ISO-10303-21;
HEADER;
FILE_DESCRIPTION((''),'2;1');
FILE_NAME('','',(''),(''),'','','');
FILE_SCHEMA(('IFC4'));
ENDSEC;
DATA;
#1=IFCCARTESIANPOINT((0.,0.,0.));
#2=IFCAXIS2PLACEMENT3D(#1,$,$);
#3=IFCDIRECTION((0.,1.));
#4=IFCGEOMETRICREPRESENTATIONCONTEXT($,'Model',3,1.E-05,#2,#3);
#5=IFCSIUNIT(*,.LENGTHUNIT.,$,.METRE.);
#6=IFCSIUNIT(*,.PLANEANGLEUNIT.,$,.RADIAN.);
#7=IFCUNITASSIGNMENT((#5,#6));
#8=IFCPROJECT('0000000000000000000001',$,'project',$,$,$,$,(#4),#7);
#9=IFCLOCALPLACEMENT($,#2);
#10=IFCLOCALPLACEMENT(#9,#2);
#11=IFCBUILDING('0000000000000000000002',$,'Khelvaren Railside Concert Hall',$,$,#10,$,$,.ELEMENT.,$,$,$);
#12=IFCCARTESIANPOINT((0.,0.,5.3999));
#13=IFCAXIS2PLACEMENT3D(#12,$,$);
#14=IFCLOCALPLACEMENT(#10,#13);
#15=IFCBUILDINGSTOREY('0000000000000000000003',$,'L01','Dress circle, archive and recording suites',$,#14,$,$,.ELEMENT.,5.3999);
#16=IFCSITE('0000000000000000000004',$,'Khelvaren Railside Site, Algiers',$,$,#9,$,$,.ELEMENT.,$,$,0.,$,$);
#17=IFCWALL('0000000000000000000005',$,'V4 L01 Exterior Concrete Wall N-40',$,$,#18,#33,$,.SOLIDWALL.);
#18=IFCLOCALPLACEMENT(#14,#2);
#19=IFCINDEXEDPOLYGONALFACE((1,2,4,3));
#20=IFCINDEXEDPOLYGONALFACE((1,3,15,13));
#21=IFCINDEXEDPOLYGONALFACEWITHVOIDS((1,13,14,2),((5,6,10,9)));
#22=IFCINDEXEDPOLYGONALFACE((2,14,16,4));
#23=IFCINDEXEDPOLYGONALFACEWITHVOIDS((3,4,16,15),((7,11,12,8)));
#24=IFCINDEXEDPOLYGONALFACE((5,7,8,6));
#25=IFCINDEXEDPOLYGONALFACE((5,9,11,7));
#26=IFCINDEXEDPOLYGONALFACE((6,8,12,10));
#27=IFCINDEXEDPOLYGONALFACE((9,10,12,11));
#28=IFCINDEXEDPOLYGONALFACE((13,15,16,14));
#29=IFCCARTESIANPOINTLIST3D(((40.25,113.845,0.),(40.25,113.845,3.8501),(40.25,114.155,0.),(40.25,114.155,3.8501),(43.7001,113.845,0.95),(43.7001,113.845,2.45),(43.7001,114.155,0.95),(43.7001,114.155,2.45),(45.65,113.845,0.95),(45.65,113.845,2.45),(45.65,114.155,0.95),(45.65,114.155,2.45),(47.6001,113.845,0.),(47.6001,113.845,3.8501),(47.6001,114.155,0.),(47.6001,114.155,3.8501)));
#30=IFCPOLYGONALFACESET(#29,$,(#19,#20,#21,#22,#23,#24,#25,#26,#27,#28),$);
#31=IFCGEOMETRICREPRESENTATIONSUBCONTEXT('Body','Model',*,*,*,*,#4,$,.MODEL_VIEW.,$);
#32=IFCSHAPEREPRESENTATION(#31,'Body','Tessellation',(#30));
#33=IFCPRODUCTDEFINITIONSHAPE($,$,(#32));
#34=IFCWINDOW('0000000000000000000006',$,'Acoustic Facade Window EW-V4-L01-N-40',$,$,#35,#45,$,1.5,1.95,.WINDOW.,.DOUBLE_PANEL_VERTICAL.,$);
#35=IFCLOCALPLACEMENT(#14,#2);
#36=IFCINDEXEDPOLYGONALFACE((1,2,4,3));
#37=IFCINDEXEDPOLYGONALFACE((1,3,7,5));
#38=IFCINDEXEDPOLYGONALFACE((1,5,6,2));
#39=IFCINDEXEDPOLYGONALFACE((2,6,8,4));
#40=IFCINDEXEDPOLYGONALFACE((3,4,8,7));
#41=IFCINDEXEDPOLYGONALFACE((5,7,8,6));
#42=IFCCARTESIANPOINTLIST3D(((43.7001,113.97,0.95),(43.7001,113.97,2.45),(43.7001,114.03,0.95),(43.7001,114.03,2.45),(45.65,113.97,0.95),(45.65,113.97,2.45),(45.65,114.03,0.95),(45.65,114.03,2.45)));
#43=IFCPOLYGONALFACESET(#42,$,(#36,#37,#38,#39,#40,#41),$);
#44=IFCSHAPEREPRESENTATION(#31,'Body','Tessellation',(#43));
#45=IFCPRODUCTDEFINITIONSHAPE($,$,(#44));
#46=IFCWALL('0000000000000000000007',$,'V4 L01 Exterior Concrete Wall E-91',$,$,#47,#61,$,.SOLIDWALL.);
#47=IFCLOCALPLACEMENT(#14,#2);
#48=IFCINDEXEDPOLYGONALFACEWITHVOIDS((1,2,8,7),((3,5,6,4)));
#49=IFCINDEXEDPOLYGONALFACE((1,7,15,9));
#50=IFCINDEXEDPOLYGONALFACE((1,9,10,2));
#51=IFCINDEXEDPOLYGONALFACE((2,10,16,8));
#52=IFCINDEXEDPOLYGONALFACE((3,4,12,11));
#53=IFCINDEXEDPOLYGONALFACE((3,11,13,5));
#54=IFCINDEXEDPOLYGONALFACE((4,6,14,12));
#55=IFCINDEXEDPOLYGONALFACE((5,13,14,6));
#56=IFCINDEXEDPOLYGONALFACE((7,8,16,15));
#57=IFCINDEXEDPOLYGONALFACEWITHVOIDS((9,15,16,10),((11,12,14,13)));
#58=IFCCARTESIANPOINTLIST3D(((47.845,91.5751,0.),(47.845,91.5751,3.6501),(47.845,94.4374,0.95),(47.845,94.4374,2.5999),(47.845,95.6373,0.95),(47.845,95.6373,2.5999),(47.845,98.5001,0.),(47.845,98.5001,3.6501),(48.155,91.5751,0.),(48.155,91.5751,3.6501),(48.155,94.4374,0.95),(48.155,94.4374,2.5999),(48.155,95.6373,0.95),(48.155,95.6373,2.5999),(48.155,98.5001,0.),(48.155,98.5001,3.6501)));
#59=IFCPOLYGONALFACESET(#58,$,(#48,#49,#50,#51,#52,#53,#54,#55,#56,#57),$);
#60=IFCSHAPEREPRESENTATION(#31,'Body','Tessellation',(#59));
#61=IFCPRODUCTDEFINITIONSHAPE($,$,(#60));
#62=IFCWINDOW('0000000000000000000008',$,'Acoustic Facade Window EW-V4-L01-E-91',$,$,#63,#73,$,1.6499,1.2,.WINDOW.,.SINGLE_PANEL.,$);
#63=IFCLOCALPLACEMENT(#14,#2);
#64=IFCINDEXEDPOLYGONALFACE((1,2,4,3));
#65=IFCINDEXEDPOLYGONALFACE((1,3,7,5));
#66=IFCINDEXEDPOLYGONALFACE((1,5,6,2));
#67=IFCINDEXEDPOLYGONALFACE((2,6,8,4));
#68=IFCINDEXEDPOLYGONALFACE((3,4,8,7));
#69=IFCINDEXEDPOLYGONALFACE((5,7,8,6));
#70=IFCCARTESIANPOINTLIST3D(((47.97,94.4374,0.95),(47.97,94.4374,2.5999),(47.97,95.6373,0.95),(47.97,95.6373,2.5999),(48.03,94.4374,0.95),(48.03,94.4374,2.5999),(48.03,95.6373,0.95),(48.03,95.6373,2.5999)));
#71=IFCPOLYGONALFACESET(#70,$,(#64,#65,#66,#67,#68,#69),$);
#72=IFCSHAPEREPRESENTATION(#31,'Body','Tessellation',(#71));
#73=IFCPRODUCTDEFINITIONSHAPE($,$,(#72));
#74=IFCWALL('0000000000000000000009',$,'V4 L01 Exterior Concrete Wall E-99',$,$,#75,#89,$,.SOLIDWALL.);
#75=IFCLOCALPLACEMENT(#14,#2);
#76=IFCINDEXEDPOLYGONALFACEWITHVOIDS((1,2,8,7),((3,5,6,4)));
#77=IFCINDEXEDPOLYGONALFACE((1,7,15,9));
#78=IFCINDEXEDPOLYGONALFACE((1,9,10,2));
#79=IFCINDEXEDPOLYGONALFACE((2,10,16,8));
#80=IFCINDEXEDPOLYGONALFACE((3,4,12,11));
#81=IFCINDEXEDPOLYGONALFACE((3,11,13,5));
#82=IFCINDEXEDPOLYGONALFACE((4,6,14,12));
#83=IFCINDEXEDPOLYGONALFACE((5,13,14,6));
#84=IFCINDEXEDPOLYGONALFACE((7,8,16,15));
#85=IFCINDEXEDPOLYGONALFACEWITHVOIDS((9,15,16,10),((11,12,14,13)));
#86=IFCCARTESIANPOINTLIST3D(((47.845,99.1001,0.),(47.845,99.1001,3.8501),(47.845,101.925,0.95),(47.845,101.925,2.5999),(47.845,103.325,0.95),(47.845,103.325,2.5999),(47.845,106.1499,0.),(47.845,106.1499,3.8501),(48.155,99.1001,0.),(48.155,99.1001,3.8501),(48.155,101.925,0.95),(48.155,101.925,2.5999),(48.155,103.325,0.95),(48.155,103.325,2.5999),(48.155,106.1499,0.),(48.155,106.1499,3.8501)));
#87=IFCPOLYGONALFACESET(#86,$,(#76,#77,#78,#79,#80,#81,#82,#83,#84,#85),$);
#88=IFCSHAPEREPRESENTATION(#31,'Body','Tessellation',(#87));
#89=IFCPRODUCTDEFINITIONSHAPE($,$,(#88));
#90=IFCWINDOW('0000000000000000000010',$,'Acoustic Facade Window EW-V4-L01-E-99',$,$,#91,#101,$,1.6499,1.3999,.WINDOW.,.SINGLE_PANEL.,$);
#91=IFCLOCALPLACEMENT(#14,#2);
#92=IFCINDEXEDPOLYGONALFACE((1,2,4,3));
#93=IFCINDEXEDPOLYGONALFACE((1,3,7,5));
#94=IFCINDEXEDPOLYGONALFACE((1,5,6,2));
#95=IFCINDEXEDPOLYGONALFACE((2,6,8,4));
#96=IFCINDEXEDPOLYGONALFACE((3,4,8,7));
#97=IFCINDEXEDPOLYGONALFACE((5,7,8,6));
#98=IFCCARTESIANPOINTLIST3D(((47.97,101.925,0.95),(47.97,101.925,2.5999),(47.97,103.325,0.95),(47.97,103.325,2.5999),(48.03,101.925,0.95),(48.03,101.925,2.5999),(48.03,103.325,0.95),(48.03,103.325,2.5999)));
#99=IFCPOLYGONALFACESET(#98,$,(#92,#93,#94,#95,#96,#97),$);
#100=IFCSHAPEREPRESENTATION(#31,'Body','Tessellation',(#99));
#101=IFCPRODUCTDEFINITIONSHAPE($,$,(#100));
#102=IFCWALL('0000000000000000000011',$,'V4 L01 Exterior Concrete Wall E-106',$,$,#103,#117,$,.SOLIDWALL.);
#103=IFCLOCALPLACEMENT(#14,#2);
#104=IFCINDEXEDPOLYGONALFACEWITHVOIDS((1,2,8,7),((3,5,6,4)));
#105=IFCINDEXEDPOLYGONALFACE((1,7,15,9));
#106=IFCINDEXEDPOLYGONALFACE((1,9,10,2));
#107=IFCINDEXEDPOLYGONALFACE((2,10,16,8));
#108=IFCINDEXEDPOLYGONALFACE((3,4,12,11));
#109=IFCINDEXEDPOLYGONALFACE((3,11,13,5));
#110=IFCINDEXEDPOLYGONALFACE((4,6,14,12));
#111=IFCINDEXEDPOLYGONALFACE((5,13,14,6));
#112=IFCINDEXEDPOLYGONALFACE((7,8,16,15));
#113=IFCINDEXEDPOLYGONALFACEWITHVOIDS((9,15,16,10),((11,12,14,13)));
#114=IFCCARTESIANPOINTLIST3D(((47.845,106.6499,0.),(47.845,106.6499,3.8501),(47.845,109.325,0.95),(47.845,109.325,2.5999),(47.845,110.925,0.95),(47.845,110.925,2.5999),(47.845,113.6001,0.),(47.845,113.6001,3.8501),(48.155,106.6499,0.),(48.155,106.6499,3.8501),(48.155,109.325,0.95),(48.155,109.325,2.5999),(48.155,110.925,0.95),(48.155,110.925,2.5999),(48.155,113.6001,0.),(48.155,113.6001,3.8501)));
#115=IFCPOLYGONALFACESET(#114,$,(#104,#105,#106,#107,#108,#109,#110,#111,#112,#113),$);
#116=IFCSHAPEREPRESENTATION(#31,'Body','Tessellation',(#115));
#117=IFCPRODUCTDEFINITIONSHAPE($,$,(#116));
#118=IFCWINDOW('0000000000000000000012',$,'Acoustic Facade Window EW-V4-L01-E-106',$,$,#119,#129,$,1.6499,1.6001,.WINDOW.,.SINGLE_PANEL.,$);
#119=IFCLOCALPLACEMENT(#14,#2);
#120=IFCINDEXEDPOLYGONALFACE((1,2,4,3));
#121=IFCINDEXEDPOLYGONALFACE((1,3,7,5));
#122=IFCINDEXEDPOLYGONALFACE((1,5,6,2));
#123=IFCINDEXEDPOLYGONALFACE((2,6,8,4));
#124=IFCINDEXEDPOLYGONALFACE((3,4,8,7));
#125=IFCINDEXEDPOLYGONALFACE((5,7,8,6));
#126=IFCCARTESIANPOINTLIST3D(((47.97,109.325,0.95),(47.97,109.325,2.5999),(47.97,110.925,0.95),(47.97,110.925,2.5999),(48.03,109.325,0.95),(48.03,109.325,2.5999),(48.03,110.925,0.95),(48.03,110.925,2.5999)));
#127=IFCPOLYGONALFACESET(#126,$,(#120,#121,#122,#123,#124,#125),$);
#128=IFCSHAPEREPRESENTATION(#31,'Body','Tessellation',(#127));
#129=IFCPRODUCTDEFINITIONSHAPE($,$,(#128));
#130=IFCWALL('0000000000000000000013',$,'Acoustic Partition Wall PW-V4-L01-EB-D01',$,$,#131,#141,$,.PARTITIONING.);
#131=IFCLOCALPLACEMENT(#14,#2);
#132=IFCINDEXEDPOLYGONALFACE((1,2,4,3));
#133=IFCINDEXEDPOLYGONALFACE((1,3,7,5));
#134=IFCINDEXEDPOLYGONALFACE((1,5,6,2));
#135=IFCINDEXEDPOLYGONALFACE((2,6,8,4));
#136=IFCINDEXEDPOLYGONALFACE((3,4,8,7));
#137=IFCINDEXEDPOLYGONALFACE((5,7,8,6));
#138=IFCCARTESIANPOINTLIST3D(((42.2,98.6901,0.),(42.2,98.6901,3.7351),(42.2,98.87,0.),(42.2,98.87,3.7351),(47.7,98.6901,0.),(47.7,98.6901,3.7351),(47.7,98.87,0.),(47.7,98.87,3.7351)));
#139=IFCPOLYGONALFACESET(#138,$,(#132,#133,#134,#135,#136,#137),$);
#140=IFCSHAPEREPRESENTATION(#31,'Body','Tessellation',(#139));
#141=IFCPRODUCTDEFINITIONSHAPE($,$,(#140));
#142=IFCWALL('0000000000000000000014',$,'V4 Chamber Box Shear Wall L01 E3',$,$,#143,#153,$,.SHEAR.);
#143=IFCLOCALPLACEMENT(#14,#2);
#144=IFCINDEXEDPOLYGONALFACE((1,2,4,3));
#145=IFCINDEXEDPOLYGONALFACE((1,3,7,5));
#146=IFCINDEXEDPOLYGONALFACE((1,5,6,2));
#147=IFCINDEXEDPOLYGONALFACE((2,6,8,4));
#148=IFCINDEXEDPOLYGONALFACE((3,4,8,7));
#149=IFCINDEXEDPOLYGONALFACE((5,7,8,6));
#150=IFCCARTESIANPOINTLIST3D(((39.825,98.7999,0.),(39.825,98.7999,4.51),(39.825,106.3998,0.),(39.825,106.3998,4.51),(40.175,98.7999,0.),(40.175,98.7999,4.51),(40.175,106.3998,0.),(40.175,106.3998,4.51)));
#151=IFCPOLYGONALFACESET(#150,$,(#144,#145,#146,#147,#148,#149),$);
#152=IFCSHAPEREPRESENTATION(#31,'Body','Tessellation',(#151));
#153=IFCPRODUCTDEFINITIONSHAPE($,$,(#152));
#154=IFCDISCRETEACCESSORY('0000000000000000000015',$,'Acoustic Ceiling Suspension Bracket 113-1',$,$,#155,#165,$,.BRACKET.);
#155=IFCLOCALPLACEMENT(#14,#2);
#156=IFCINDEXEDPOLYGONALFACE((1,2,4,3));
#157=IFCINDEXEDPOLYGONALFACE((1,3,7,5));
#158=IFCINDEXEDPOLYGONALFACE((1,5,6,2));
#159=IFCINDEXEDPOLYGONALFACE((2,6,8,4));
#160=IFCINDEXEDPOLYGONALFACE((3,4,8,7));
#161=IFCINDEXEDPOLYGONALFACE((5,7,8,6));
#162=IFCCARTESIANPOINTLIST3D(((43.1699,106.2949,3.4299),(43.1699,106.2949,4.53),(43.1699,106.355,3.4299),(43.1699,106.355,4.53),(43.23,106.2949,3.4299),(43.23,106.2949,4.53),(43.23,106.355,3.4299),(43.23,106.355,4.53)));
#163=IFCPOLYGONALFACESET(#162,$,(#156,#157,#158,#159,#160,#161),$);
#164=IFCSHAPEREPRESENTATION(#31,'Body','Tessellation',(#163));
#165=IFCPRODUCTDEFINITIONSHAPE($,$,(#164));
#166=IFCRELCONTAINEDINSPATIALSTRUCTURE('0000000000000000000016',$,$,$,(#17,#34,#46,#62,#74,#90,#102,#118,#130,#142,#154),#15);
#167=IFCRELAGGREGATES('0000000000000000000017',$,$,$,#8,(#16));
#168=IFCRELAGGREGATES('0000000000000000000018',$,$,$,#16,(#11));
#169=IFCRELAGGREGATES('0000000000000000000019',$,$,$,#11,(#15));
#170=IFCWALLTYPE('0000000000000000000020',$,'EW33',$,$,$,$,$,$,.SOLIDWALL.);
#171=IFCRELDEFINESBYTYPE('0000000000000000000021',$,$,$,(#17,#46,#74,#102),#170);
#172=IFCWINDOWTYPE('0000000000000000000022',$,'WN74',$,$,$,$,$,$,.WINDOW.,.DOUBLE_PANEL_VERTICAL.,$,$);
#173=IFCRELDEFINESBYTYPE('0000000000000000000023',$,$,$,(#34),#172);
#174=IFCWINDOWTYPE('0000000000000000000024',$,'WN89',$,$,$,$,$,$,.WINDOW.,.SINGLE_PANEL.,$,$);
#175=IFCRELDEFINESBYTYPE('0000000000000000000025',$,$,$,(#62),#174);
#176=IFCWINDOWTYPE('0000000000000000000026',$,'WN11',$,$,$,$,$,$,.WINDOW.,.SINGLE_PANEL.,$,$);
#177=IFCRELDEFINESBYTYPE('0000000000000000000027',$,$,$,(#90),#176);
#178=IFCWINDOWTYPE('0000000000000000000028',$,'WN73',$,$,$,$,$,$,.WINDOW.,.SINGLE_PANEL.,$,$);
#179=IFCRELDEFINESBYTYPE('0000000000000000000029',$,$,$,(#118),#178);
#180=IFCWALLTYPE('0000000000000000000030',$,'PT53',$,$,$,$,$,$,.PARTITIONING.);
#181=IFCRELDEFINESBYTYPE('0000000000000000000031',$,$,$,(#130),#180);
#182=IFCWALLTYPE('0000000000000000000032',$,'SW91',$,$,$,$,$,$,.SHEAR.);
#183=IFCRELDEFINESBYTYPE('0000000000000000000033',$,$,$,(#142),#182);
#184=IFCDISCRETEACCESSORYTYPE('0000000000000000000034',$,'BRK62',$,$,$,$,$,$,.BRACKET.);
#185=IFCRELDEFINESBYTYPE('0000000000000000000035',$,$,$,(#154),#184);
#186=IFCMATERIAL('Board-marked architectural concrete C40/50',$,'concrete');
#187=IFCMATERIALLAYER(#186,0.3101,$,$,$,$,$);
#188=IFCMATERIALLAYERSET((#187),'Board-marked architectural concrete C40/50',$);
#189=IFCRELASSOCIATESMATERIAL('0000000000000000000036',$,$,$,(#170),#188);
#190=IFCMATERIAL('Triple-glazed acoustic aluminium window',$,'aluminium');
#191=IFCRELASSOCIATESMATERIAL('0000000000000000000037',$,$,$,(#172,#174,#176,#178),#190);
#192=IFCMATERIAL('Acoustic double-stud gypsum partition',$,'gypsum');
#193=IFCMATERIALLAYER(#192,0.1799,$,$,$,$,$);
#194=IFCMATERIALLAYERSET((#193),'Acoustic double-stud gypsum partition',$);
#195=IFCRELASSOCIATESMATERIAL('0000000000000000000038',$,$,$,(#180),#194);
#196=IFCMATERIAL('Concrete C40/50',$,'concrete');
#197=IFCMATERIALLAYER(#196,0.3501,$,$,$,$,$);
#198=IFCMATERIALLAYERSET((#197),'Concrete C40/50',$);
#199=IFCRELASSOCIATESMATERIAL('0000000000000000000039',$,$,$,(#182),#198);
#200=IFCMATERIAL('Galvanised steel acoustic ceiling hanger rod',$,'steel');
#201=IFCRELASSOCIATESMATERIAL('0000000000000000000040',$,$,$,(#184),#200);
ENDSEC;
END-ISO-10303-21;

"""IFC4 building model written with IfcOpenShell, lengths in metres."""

from ifc_helpers import new_model, si_unit, direction, frame, frame_2d, origin, origin_2d, place, context, subcontext, project, spatial, rectangle, extrude, material, layer, layer_set, type_object, element, fill, save


model = new_model("IFC4")

# Units and contexts
model_context = context("Model", 3, precision=1e-05, world=origin(), true_north=direction((0.0, 1.0)))
body_context = subcontext(model_context, "Body", "Model", "MODEL_VIEW")
ifc_project = project(units=[si_unit("LENGTHUNIT", "METRE"), si_unit("PLANEANGLEUNIT", "RADIAN")], contexts=[model_context])

# Site, building, storey
site_placement = place(None, origin())
site = spatial("IfcSite", under=ifc_project, at=site_placement, Name="Khelvaren Railside Site, Algiers", CompositionType="ELEMENT", RefElevation=0.0)
building_placement = place(site_placement, origin())
building = spatial("IfcBuilding", under=site, at=building_placement, Name="Khelvaren Railside Concert Hall", CompositionType="ELEMENT")
storey_placement = place(building_placement, frame((0.0, 0.0, 5.3999)))
storey = spatial("IfcBuildingStorey", under=building, at=storey_placement, Name="L01", Description="Dress circle, archive and recording suites", CompositionType="ELEMENT", Elevation=5.3999)

# Shared definitions
ifc_material_1 = material(Name="Concrete C40/50", Category="concrete")

# Walls, openings, windows
ifc_material_2 = material(Name="Board-marked architectural concrete C40/50", Category="concrete")
ifc_layer_1 = layer(ifc_material_2, 0.3101)
ifc_layer_set_1 = layer_set([ifc_layer_1], Name="Board-marked architectural concrete C40/50")
wall_type_1 = type_object("IfcWallType", Name="EW33", PredefinedType="SOLIDWALL", material=ifc_layer_set_1)
wall_1_placement = place(storey_placement, frame((40.25, 114.0, 0.0), z_axis=(0.0, 0.0, 1.0), x_axis=(1.0, 0.0, 0.0)))
wall_1 = element("IfcWall", 1, at=wall_1_placement, inside=storey, type_object=wall_type_1, Name="V4 L01 Exterior Concrete Wall N-40", PredefinedType="SOLIDWALL", context=body_context, shape_type="SweptSolid", body=[
    extrude(rectangle(XDim=7.3501, YDim=0.3101, at=frame_2d((3.675, 0.0))), origin(), (0.0, 0.0, 1.0), 3.8501),
])
opening_1_placement = place(wall_1_placement, frame((3.45, 0.0, 0.95)))
opening_1 = element("IfcOpeningElement", 2, at=opening_1_placement, cuts=wall_1, PredefinedType="OPENING", context=body_context, shape_type="SweptSolid", body=[
    extrude(rectangle(XDim=1.95, YDim=1.5, at=frame_2d((0.9751, 0.75))), frame((0.0, 0.165, 0.0), z_axis=(0.0, -1.0, 0.0), x_axis=(1.0, 0.0, 0.0)), (0.0, 0.0, 1.0), 0.3301),
])
ifc_material_3 = material(Name="Triple-glazed acoustic aluminium window", Category="aluminium")
window_type_1 = type_object("IfcWindowType", Name="WN74", PartitioningType="DOUBLE_PANEL_VERTICAL", PredefinedType="WINDOW", material=ifc_material_3)
window_1_placement = place(opening_1_placement, origin())
window_1 = element("IfcWindow", 3, at=window_1_placement, inside=storey, type_object=window_type_1, Name="Acoustic Facade Window EW-V4-L01-N-40", OverallHeight=1.5, OverallWidth=1.95, PartitioningType="DOUBLE_PANEL_VERTICAL", PredefinedType="WINDOW", context=body_context, shape_type="SweptSolid", body=[
    extrude(rectangle(XDim=1.95, YDim=1.5, at=frame_2d((0.9751, 0.75))), frame((0.0, 0.03, 0.0), z_axis=(0.0, -1.0, 0.0), x_axis=(1.0, 0.0, 0.0)), (0.0, 0.0, 1.0), 0.0601),
])
fill(opening_1, window_1)
wall_2_placement = place(storey_placement, frame((48.0, 98.5, 0.0), z_axis=(0.0, 0.0, 1.0), x_axis=(0.0, -1.0, 0.0)))
wall_2 = element("IfcWall", 4, at=wall_2_placement, inside=storey, type_object=wall_type_1, Name="V4 L01 Exterior Concrete Wall E-91", PredefinedType="SOLIDWALL", context=body_context, shape_type="SweptSolid", body=[
    extrude(rectangle(XDim=6.925, YDim=0.3101, at=frame_2d((3.4624, 0.0))), origin(), (0.0, 0.0, 1.0), 3.6501),
])
opening_2_placement = place(wall_2_placement, frame((2.8625, 0.0, 0.95)))
opening_2 = element("IfcOpeningElement", 5, at=opening_2_placement, cuts=wall_2, PredefinedType="OPENING", context=body_context, shape_type="SweptSolid", body=[
    extrude(rectangle(XDim=1.2, YDim=1.6499, at=frame_2d((0.6001, 0.825))), frame((0.0, 0.165, 0.0), z_axis=(0.0, -1.0, 0.0), x_axis=(1.0, 0.0, 0.0)), (0.0, 0.0, 1.0), 0.3301),
])
window_type_2 = type_object("IfcWindowType", Name="WN89", PartitioningType="SINGLE_PANEL", PredefinedType="WINDOW", material=ifc_material_3)
window_2_placement = place(opening_2_placement, origin())
window_2 = element("IfcWindow", 6, at=window_2_placement, inside=storey, type_object=window_type_2, Name="Acoustic Facade Window EW-V4-L01-E-91", OverallHeight=1.6499, OverallWidth=1.2, PartitioningType="SINGLE_PANEL", PredefinedType="WINDOW", context=body_context, shape_type="SweptSolid", body=[
    extrude(rectangle(XDim=1.2, YDim=1.6499, at=frame_2d((0.6001, 0.825))), frame((0.0, 0.03, 0.0), z_axis=(0.0, -1.0, 0.0), x_axis=(1.0, 0.0, 0.0)), (0.0, 0.0, 1.0), 0.0601),
])
fill(opening_2, window_2)
wall_3_placement = place(storey_placement, frame((48.0, 106.1499, 0.0), z_axis=(0.0, 0.0, 1.0), x_axis=(0.0, -1.0, 0.0)))
wall_3 = element("IfcWall", 7, at=wall_3_placement, inside=storey, type_object=wall_type_1, Name="V4 L01 Exterior Concrete Wall E-99", PredefinedType="SOLIDWALL", context=body_context, shape_type="SweptSolid", body=[
    extrude(rectangle(XDim=7.0498, YDim=0.3101, at=frame_2d((3.5249, 0.0))), origin(), (0.0, 0.0, 1.0), 3.8501),
])
opening_3_placement = place(wall_3_placement, frame((2.825, 0.0, 0.95)))
opening_3 = element("IfcOpeningElement", 8, at=opening_3_placement, cuts=wall_3, PredefinedType="OPENING", context=body_context, shape_type="SweptSolid", body=[
    extrude(rectangle(XDim=1.3999, YDim=1.6499, at=frame_2d((0.7, 0.825))), frame((0.0, 0.165, 0.0), z_axis=(0.0, -1.0, 0.0), x_axis=(1.0, 0.0, 0.0)), (0.0, 0.0, 1.0), 0.3301),
])
window_type_3 = type_object("IfcWindowType", Name="WN11", PartitioningType="SINGLE_PANEL", PredefinedType="WINDOW", material=ifc_material_3)
window_3_placement = place(opening_3_placement, origin())
window_3 = element("IfcWindow", 9, at=window_3_placement, inside=storey, type_object=window_type_3, Name="Acoustic Facade Window EW-V4-L01-E-99", OverallHeight=1.6499, OverallWidth=1.3999, PartitioningType="SINGLE_PANEL", PredefinedType="WINDOW", context=body_context, shape_type="SweptSolid", body=[
    extrude(rectangle(XDim=1.3999, YDim=1.6499, at=frame_2d((0.7, 0.825))), frame((0.0, 0.03, 0.0), z_axis=(0.0, -1.0, 0.0), x_axis=(1.0, 0.0, 0.0)), (0.0, 0.0, 1.0), 0.0601),
])
fill(opening_3, window_3)
wall_4_placement = place(storey_placement, frame((48.0, 113.6001, 0.0), z_axis=(0.0, 0.0, 1.0), x_axis=(0.0, -1.0, 0.0)))
wall_4 = element("IfcWall", 10, at=wall_4_placement, inside=storey, type_object=wall_type_1, Name="V4 L01 Exterior Concrete Wall E-106", PredefinedType="SOLIDWALL", context=body_context, shape_type="SweptSolid", body=[
    extrude(rectangle(XDim=6.9502, YDim=0.3101, at=frame_2d((3.4751, 0.0))), origin(), (0.0, 0.0, 1.0), 3.8501),
])
opening_4_placement = place(wall_4_placement, frame((2.675, 0.0, 0.95)))
opening_4 = element("IfcOpeningElement", 11, at=opening_4_placement, cuts=wall_4, PredefinedType="OPENING", context=body_context, shape_type="SweptSolid", body=[
    extrude(rectangle(XDim=1.6001, YDim=1.6499, at=frame_2d((0.8, 0.825))), frame((0.0, 0.165, 0.0), z_axis=(0.0, -1.0, 0.0), x_axis=(1.0, 0.0, 0.0)), (0.0, 0.0, 1.0), 0.3301),
])
window_type_4 = type_object("IfcWindowType", Name="WN73", PartitioningType="SINGLE_PANEL", PredefinedType="WINDOW", material=ifc_material_3)
window_4_placement = place(opening_4_placement, origin())
window_4 = element("IfcWindow", 12, at=window_4_placement, inside=storey, type_object=window_type_4, Name="Acoustic Facade Window EW-V4-L01-E-106", OverallHeight=1.6499, OverallWidth=1.6001, PartitioningType="SINGLE_PANEL", PredefinedType="WINDOW", context=body_context, shape_type="SweptSolid", body=[
    extrude(rectangle(XDim=1.6001, YDim=1.6499, at=frame_2d((0.8, 0.825))), frame((0.0, 0.03, 0.0), z_axis=(0.0, -1.0, 0.0), x_axis=(1.0, 0.0, 0.0)), (0.0, 0.0, 1.0), 0.0601),
])
fill(opening_4, window_4)

# Walls
ifc_material_4 = material(Name="Acoustic double-stud gypsum partition", Category="gypsum")
ifc_layer_2 = layer(ifc_material_4, 0.1799)
ifc_layer_set_2 = layer_set([ifc_layer_2], Name="Acoustic double-stud gypsum partition")
wall_type_2 = type_object("IfcWallType", Name="PT53", PredefinedType="PARTITIONING", material=ifc_layer_set_2)
wall_5_placement = place(storey_placement, frame((42.2, 98.78, 0.0), z_axis=(0.0, 0.0, 1.0), x_axis=(1.0, 0.0, 0.0)))
element("IfcWall", 13, at=wall_5_placement, inside=storey, type_object=wall_type_2, Name="Acoustic Partition Wall PW-V4-L01-EB-D01", PredefinedType="PARTITIONING", context=body_context, shape_type="SweptSolid", body=[
    extrude(rectangle(XDim=5.5, YDim=0.1799, at=frame_2d((2.75, 0.0))), origin(), (0.0, 0.0, 1.0), 3.7351),
])
ifc_layer_3 = layer(ifc_material_1, 0.3501)
ifc_layer_set_3 = layer_set([ifc_layer_3], Name="Concrete C40/50")
wall_type_3 = type_object("IfcWallType", Name="SW91", PredefinedType="SHEAR", material=ifc_layer_set_3)
wall_6_placement = place(storey_placement, frame((40.0, 98.8, 0.0), z_axis=(0.0, 0.0, 1.0), x_axis=(0.0, 1.0, 0.0)))
element("IfcWall", 14, at=wall_6_placement, inside=storey, type_object=wall_type_3, Name="V4 Chamber Box Shear Wall L01 E3", PredefinedType="SHEAR", context=body_context, shape_type="SweptSolid", body=[
    extrude(rectangle(XDim=7.5999, YDim=0.3501, at=frame_2d((3.7998, 0.0))), origin(), (0.0, 0.0, 1.0), 4.51),
])

# Discrete accessory
ifc_material_5 = material(Name="Galvanised steel acoustic ceiling hanger rod", Category="steel")
discrete_accessory_type = type_object("IfcDiscreteAccessoryType", Name="BRK62", PredefinedType="BRACKET", material=ifc_material_5)
for number, where, z_axis, x_axis, name in (
    (15, (43.2, 106.325, 3.4299), (0.0, 0.0, 1.0), (1.0, 0.0, 0.0), "Acoustic Ceiling Suspension Bracket 113-1"),
):
    element("IfcDiscreteAccessory", number, at=place(storey_placement, frame(where, z_axis=z_axis, x_axis=x_axis)), inside=storey, type_object=discrete_accessory_type, Name=name, PredefinedType="BRACKET", context=body_context, shape_type="SweptSolid", body=[
        extrude(rectangle(XDim=0.0601, YDim=0.0601, at=origin_2d()), origin(), (0.0, 0.0, 1.0), 1.1001),
    ])

save(model, "model.ifc")
